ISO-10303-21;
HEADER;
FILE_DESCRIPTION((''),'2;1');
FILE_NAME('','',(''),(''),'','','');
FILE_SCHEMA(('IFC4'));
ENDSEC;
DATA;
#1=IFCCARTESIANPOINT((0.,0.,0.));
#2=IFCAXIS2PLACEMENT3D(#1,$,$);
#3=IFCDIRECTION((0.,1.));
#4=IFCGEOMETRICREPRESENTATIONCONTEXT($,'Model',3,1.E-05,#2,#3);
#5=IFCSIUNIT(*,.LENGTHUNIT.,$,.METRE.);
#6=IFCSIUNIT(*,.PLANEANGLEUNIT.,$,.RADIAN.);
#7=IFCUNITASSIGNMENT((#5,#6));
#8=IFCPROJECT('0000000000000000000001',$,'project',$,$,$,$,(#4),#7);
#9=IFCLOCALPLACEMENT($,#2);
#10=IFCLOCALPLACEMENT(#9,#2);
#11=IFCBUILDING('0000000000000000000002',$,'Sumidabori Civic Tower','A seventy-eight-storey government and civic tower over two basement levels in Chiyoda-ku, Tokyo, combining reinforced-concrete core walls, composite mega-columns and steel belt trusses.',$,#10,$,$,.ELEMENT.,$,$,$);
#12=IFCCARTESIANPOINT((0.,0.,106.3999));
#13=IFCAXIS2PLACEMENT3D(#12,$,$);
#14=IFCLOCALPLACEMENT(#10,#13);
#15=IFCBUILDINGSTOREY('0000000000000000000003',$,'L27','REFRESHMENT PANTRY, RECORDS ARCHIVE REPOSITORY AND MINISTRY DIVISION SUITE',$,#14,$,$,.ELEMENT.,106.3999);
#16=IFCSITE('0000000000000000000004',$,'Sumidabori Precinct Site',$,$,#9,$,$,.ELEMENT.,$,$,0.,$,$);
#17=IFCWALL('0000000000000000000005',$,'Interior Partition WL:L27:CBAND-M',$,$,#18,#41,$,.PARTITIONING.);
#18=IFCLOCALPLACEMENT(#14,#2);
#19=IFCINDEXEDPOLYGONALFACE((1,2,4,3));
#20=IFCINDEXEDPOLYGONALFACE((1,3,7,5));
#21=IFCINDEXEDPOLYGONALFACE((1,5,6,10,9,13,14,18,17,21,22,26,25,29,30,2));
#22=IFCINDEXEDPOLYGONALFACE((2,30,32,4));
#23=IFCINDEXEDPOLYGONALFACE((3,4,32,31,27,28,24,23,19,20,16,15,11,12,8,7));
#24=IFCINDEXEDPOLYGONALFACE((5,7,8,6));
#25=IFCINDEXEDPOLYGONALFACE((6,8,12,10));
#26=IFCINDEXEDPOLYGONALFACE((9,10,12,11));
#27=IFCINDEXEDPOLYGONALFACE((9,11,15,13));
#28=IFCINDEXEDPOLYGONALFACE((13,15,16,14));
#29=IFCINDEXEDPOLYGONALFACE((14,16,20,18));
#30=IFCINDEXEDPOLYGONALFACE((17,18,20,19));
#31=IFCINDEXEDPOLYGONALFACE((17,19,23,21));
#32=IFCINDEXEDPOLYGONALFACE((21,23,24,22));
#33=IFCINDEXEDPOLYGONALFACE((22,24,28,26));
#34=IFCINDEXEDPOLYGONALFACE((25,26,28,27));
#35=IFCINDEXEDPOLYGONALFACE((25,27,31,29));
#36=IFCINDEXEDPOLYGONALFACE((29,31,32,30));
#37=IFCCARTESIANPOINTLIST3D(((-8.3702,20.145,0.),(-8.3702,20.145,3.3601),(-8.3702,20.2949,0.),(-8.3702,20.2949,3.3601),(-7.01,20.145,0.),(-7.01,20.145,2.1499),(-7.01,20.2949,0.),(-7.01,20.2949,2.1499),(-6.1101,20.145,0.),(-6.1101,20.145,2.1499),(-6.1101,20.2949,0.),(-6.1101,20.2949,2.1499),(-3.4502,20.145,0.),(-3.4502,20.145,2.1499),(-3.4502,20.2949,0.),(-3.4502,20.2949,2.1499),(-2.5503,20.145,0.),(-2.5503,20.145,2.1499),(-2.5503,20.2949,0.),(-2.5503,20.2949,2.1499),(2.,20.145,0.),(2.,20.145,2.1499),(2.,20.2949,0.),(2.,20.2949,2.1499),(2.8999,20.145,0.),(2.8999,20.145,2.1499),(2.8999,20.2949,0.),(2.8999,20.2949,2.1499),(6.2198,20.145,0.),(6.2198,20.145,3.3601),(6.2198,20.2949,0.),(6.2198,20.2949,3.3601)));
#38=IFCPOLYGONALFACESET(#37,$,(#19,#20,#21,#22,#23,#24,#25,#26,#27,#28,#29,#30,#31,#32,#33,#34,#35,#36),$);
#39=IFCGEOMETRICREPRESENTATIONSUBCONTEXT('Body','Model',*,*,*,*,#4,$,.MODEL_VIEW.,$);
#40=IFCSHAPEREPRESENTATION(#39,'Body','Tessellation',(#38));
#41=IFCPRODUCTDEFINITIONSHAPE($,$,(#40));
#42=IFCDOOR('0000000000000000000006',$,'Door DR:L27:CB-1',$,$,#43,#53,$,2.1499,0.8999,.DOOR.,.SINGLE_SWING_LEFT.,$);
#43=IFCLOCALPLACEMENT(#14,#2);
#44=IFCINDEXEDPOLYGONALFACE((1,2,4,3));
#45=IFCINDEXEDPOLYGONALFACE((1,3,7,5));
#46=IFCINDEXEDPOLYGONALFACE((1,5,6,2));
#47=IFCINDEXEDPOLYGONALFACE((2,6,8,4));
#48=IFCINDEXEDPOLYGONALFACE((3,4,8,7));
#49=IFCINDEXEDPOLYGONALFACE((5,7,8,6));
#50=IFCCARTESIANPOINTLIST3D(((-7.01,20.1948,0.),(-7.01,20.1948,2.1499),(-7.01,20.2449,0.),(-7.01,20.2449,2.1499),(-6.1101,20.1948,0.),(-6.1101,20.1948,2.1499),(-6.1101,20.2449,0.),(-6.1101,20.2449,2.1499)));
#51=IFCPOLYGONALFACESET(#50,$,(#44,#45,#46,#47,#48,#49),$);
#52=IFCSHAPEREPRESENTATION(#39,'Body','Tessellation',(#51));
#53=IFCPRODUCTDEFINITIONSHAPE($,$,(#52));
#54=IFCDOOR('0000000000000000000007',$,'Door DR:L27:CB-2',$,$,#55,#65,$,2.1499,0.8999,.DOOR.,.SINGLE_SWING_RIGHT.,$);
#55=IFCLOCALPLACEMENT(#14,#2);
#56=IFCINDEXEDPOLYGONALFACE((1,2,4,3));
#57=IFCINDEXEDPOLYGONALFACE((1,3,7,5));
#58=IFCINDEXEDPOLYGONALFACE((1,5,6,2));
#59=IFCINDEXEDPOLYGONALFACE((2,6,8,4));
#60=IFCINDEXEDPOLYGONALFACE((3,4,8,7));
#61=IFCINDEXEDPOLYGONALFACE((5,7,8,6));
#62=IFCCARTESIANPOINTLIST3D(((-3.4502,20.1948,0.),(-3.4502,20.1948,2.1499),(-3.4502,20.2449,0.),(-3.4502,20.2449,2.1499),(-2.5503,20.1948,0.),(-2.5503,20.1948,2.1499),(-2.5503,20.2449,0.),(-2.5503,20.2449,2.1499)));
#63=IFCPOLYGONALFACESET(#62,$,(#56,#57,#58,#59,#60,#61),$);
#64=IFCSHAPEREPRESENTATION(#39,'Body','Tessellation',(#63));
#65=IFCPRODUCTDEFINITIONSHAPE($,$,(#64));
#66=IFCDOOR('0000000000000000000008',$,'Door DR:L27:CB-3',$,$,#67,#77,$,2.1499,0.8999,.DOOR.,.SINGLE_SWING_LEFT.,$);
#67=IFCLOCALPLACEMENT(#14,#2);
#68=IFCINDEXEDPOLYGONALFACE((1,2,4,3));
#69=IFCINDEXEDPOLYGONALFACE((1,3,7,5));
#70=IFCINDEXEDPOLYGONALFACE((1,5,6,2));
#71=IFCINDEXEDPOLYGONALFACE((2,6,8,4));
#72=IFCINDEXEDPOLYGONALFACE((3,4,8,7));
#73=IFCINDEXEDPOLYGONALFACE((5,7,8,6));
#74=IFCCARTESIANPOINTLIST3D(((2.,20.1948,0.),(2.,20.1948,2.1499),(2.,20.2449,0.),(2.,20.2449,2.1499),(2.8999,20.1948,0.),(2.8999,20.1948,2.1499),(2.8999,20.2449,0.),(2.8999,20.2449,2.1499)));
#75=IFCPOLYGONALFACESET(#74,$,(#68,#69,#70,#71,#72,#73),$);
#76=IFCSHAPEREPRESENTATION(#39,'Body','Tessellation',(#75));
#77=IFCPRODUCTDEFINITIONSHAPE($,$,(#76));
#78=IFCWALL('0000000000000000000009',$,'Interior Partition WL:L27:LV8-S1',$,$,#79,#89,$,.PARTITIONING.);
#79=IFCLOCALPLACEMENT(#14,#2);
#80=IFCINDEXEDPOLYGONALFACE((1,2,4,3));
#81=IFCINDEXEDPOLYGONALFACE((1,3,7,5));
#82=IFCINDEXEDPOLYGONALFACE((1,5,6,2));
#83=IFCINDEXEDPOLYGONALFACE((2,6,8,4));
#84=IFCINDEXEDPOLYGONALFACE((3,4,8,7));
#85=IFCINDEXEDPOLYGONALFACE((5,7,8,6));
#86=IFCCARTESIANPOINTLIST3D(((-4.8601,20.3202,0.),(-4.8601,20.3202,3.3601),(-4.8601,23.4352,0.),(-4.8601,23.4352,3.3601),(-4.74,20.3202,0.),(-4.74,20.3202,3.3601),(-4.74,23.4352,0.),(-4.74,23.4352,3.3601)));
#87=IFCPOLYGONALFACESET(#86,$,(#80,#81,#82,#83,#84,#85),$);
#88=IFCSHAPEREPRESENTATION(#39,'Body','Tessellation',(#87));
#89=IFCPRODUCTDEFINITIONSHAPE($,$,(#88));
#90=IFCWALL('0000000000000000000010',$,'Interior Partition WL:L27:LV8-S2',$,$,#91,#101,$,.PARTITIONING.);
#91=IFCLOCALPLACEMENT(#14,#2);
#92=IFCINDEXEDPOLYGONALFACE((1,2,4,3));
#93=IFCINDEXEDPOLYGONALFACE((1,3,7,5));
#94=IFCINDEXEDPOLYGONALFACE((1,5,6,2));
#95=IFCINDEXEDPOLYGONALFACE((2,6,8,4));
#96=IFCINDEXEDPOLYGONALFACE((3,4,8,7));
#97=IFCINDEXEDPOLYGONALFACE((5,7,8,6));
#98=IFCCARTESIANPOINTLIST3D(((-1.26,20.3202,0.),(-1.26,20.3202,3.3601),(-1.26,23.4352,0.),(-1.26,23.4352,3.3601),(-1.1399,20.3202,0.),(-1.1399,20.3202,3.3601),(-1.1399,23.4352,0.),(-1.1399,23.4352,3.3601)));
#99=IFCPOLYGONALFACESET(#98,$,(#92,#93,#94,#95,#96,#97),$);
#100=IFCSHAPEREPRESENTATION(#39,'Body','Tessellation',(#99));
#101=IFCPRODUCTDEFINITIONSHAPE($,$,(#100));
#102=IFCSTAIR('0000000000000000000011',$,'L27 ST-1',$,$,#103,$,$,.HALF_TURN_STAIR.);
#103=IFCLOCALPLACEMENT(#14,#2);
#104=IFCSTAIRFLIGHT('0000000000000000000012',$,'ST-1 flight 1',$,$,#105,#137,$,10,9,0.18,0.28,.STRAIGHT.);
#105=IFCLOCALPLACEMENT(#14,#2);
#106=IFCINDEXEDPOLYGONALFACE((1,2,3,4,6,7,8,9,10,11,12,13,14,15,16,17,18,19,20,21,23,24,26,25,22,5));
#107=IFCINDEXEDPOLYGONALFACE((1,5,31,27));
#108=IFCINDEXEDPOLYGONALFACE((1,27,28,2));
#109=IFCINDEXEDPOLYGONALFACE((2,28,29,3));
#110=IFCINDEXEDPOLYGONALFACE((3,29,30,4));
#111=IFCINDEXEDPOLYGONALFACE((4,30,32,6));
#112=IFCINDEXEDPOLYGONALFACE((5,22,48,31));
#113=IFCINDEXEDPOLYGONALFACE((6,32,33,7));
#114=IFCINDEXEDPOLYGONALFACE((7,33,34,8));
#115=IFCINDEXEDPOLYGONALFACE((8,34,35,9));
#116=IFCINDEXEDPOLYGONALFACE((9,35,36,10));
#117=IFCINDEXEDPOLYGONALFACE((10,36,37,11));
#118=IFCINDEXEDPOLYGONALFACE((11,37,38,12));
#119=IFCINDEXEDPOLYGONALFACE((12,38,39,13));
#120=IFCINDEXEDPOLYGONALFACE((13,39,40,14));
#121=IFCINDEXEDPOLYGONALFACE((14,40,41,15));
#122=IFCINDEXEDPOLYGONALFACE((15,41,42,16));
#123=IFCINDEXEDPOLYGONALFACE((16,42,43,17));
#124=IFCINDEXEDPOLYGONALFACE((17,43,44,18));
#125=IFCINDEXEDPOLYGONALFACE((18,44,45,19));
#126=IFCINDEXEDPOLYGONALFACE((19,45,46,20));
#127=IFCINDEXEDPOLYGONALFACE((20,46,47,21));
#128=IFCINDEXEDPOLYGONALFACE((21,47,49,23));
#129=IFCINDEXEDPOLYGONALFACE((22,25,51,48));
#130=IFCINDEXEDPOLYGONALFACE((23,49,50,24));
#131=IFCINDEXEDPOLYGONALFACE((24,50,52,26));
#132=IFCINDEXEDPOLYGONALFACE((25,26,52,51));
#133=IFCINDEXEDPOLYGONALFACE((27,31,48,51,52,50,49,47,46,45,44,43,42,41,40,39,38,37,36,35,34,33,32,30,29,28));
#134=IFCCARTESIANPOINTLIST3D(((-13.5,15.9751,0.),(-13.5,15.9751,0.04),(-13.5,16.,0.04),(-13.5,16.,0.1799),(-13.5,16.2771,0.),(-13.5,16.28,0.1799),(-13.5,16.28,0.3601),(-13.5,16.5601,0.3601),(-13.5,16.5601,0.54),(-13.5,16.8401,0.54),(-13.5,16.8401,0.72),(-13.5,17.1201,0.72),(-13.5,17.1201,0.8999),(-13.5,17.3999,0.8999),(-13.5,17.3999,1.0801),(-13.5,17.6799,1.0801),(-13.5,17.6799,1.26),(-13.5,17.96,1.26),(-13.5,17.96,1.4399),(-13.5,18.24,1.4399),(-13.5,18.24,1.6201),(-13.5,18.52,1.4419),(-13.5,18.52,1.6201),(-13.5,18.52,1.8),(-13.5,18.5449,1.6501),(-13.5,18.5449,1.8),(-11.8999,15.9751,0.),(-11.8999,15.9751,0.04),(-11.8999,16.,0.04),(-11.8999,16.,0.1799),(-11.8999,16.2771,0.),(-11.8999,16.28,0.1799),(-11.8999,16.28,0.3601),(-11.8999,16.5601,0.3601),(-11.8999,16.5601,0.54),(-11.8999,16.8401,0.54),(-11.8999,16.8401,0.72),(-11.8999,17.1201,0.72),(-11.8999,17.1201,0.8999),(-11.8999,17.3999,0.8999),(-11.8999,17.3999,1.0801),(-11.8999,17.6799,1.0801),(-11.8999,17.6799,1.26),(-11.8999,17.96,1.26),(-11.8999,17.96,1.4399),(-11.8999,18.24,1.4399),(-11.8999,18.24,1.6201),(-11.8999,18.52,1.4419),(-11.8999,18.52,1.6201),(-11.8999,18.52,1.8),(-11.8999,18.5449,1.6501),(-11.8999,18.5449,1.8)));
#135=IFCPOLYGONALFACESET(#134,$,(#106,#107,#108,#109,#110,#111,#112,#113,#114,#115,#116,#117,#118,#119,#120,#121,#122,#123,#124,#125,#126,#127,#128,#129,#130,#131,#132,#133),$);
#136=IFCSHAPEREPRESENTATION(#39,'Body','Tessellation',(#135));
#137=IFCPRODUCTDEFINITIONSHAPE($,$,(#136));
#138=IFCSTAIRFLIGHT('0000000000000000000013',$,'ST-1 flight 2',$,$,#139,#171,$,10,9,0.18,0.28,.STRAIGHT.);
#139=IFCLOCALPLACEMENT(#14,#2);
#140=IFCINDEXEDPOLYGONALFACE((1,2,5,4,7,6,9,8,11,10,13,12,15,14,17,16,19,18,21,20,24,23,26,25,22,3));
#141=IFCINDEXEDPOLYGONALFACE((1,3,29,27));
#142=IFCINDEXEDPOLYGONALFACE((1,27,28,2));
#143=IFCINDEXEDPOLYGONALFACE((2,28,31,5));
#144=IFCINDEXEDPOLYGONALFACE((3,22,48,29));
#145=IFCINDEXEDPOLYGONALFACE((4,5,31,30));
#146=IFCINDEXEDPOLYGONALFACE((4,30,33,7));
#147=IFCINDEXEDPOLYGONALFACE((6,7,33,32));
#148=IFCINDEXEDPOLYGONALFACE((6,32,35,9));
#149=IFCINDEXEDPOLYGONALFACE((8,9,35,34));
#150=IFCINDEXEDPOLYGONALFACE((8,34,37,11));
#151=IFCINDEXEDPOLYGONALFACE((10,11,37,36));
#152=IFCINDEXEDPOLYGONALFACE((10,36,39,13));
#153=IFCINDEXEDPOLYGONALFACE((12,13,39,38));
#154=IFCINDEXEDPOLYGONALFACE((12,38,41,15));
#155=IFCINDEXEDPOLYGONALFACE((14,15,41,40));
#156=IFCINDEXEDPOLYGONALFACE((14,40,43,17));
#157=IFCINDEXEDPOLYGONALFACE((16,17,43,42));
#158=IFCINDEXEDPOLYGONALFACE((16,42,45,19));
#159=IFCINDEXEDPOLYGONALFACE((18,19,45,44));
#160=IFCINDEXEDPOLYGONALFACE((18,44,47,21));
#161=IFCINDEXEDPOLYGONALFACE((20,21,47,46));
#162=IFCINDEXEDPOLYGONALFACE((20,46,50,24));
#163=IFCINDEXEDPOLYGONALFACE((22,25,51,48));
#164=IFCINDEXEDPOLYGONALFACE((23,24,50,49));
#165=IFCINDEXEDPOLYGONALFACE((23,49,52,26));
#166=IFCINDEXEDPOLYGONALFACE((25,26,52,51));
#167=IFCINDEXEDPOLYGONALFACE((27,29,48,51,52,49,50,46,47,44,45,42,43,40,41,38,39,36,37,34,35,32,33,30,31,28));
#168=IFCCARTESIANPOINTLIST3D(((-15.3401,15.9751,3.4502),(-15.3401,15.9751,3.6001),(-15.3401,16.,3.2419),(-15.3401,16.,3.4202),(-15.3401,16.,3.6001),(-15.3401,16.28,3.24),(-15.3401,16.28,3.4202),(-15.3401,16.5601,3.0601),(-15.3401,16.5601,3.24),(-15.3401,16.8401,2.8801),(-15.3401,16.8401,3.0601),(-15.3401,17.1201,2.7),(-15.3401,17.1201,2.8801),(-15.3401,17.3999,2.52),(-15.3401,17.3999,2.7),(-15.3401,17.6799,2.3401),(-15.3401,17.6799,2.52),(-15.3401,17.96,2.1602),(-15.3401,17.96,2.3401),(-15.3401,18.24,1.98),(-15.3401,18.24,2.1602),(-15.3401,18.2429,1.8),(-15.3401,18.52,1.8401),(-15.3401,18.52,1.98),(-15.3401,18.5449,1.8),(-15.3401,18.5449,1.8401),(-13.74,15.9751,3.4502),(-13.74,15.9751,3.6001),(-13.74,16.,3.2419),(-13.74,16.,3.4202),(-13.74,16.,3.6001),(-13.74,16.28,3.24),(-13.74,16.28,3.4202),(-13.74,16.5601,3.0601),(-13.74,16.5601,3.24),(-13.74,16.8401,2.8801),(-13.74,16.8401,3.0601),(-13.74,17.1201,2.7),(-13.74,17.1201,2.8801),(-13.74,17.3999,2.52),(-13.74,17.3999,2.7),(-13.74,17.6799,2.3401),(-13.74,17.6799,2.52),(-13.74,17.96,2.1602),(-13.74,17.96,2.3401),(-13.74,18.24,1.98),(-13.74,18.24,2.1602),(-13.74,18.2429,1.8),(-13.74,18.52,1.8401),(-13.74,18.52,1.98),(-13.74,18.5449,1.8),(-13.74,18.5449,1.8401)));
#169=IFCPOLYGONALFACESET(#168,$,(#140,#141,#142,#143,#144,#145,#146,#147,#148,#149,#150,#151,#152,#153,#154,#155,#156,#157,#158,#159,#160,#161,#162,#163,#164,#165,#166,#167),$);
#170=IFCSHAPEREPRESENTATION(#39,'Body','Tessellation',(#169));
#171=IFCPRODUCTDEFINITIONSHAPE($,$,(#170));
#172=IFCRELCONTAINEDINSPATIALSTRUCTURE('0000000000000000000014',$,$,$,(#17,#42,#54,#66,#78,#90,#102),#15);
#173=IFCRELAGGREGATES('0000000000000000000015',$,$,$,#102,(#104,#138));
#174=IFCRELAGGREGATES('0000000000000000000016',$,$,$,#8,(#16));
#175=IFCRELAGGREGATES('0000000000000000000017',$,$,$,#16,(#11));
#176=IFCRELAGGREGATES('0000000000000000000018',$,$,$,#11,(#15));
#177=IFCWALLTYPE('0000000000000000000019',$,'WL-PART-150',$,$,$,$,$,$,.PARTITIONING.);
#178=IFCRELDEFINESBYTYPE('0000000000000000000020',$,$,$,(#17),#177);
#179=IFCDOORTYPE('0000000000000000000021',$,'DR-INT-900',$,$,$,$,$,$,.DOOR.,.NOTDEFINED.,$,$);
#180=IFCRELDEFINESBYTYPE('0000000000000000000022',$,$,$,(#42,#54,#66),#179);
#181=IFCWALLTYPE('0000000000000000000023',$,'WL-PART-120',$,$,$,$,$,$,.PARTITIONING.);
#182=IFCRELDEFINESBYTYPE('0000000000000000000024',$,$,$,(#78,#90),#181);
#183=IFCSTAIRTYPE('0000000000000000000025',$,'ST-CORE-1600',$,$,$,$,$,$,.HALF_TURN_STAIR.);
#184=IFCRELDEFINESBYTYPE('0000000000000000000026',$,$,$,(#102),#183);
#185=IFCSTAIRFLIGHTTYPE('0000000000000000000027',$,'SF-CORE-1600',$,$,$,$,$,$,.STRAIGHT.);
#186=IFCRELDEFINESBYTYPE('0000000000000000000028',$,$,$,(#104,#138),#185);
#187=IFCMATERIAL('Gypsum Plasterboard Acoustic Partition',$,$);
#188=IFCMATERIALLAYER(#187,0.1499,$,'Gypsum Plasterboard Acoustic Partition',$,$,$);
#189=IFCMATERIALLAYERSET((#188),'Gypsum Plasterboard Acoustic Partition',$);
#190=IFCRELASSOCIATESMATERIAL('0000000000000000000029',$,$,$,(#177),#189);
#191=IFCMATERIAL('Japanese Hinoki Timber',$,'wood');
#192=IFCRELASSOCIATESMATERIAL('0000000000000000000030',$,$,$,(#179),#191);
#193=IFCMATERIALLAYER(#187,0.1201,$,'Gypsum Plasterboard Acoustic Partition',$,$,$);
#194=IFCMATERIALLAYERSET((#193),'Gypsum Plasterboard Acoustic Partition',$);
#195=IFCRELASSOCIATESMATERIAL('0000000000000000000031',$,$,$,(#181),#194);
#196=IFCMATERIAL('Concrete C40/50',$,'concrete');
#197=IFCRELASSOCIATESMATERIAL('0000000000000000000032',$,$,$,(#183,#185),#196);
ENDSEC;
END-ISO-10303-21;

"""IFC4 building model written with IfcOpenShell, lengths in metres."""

from ifc_helpers import new_model, si_unit, direction, frame, frame_2d, origin, place, context, subcontext, project, spatial, polyline, rectangle, outline, extrude, source, transform, mapped, material, layer, layer_set, type_object, element, fill, aggregate, save


model = new_model("IFC4")

# Units and contexts
model_context = context("Model", 3, precision=1e-05, world=origin(), true_north=direction((0.0, 1.0)))
body_context = subcontext(model_context, "Body", "Model", "MODEL_VIEW")
ifc_project = project(units=[si_unit("LENGTHUNIT", "METRE"), si_unit("PLANEANGLEUNIT", "RADIAN")], contexts=[model_context])

# Site, building, storey
site_placement = place(None, origin())
site = spatial("IfcSite", under=ifc_project, at=site_placement, Name="Sumidabori Precinct Site", CompositionType="ELEMENT", RefElevation=0.0)
building_placement = place(site_placement, origin())
building = spatial("IfcBuilding", under=site, at=building_placement, Name="Sumidabori Civic Tower", Description="A seventy-eight-storey government and civic tower over two basement levels in Chiyoda-ku, Tokyo, combining reinforced-concrete core walls, composite mega-columns and steel belt trusses.", CompositionType="ELEMENT")
storey_placement = place(building_placement, frame((0.0, 0.0, 106.3999)))
storey = spatial("IfcBuildingStorey", under=building, at=storey_placement, Name="L27", Description="REFRESHMENT PANTRY, RECORDS ARCHIVE REPOSITORY AND MINISTRY DIVISION SUITE", CompositionType="ELEMENT", Elevation=106.3999)

# Wall, openings, doors
ifc_material_1 = material(Name="Gypsum Plasterboard Acoustic Partition")
ifc_layer_1 = layer(ifc_material_1, 0.1499, Name="Gypsum Plasterboard Acoustic Partition")
ifc_layer_set_1 = layer_set([ifc_layer_1], Name="Gypsum Plasterboard Acoustic Partition")
wall_type_1 = type_object("IfcWallType", Name="WL-PART-150", PredefinedType="PARTITIONING", material=ifc_layer_set_1)
shared_shape_1 = source(origin(), body_context, "Body", "SweptSolid", [
    extrude(rectangle(XDim=14.5901, YDim=0.1499, at=frame_2d((7.2949, 0.0))), origin(), (0.0, 0.0, 1.0), 3.3601),
])
wall_1_placement = place(storey_placement, frame((-8.3701, 20.22, 0.0), z_axis=(0.0, 0.0, 1.0), x_axis=(1.0, 0.0, 0.0)))
wall_1 = element("IfcWall", 1, at=wall_1_placement, inside=storey, type_object=wall_type_1, Name="Interior Partition WL:L27:CBAND-M", PredefinedType="PARTITIONING", context=body_context, shape_type="MappedRepresentation", body=[
    mapped(shared_shape_1, transform((0.0, 0.0, 0.0), x_axis=(1.0, 0.0, 0.0), y_axis=(0.0, 1.0, 0.0), z_axis=(0.0, 0.0, 1.0), scale=1.0)),
])
opening_1_placement = place(wall_1_placement, frame((1.3601, 0.0, 0.0)))
opening_1 = element("IfcOpeningElement", 2, at=opening_1_placement, cuts=wall_1, PredefinedType="OPENING", context=body_context, shape_type="SweptSolid", body=[
    extrude(rectangle(XDim=0.8999, YDim=2.1499, at=frame_2d((0.45, 1.075))), frame((0.0, 0.0869, 0.0), z_axis=(0.0, -1.0, 0.0), x_axis=(1.0, 0.0, 0.0)), (0.0, 0.0, 1.0), 0.1738),
])
opening_2_placement = place(wall_1_placement, frame((4.9199, 0.0, 0.0)))
opening_2 = element("IfcOpeningElement", 3, at=opening_2_placement, cuts=wall_1, PredefinedType="OPENING", context=body_context, shape_type="SweptSolid", body=[
    extrude(rectangle(XDim=0.8999, YDim=2.1499, at=frame_2d((0.45, 1.075))), frame((0.0, 0.0869, 0.0), z_axis=(0.0, -1.0, 0.0), x_axis=(1.0, 0.0, 0.0)), (0.0, 0.0, 1.0), 0.1738),
])
opening_3_placement = place(wall_1_placement, frame((10.3701, 0.0, 0.0)))
opening_3 = element("IfcOpeningElement", 4, at=opening_3_placement, cuts=wall_1, PredefinedType="OPENING", context=body_context, shape_type="SweptSolid", body=[
    extrude(rectangle(XDim=0.8999, YDim=2.1499, at=frame_2d((0.45, 1.075))), frame((0.0, 0.0869, 0.0), z_axis=(0.0, -1.0, 0.0), x_axis=(1.0, 0.0, 0.0)), (0.0, 0.0, 1.0), 0.1738),
])
ifc_material_2 = material(Name="Japanese Hinoki Timber", Category="wood")
door_type = type_object("IfcDoorType", Name="DR-INT-900", OperationType="NOTDEFINED", PredefinedType="DOOR", material=ifc_material_2)
shared_shape_2 = source(origin(), body_context, "Body", "SweptSolid", [
    extrude(rectangle(XDim=0.8999, YDim=2.1499, at=frame_2d((0.45, 1.075))), frame((0.0, 0.0249, 0.0), z_axis=(0.0, -1.0, 0.0), x_axis=(1.0, 0.0, 0.0)), (0.0, 0.0, 1.0), 0.05),
])
door_1_placement = place(opening_1_placement, origin())
door_1 = element("IfcDoor", 5, at=door_1_placement, inside=storey, type_object=door_type, Name="Door DR:L27:CB-1", OperationType="SINGLE_SWING_LEFT", OverallHeight=2.1499, OverallWidth=0.8999, PredefinedType="DOOR", context=body_context, shape_type="MappedRepresentation", body=[
    mapped(shared_shape_2, transform((0.0, 0.0, 0.0), x_axis=(1.0, 0.0, 0.0), y_axis=(0.0, 1.0, 0.0), z_axis=(0.0, 0.0, 1.0), scale=1.0)),
])
fill(opening_1, door_1)
door_2_placement = place(opening_2_placement, origin())
door_2 = element("IfcDoor", 6, at=door_2_placement, inside=storey, type_object=door_type, Name="Door DR:L27:CB-2", OperationType="SINGLE_SWING_RIGHT", OverallHeight=2.1499, OverallWidth=0.8999, PredefinedType="DOOR", context=body_context, shape_type="MappedRepresentation", body=[
    mapped(shared_shape_2, transform((0.0, 0.0, 0.0), x_axis=(1.0, 0.0, 0.0), y_axis=(0.0, 1.0, 0.0), z_axis=(0.0, 0.0, 1.0), scale=1.0)),
])
fill(opening_2, door_2)
door_3_placement = place(opening_3_placement, origin())
door_3 = element("IfcDoor", 7, at=door_3_placement, inside=storey, type_object=door_type, Name="Door DR:L27:CB-3", OperationType="SINGLE_SWING_LEFT", OverallHeight=2.1499, OverallWidth=0.8999, PredefinedType="DOOR", context=body_context, shape_type="MappedRepresentation", body=[
    mapped(shared_shape_2, transform((0.0, 0.0, 0.0), x_axis=(1.0, 0.0, 0.0), y_axis=(0.0, 1.0, 0.0), z_axis=(0.0, 0.0, 1.0), scale=1.0)),
])
fill(opening_3, door_3)

# Walls
ifc_layer_2 = layer(ifc_material_1, 0.1201, Name="Gypsum Plasterboard Acoustic Partition")
ifc_layer_set_2 = layer_set([ifc_layer_2], Name="Gypsum Plasterboard Acoustic Partition")
wall_type_2 = type_object("IfcWallType", Name="WL-PART-120", PredefinedType="PARTITIONING", material=ifc_layer_set_2)
shared_shape_3 = source(origin(), body_context, "Body", "SweptSolid", [
    extrude(rectangle(XDim=3.115, YDim=0.1201, at=frame_2d((1.5576, 0.0))), origin(), (0.0, 0.0, 1.0), 3.3601),
])
for number, where, z_axis, x_axis, name in (
    (8, (-4.8, 20.3201, 0.0), (0.0, 0.0, 1.0), (0.0, 1.0, 0.0), "Interior Partition WL:L27:LV8-S1"),
    (9, (-1.2, 20.3201, 0.0), (0.0, 0.0, 1.0), (0.0, 1.0, 0.0), "Interior Partition WL:L27:LV8-S2"),
):
    element("IfcWall", number, at=place(storey_placement, frame(where, z_axis=z_axis, x_axis=x_axis)), inside=storey, type_object=wall_type_2, Name=name, PredefinedType="PARTITIONING", context=body_context, shape_type="MappedRepresentation", body=[
        mapped(shared_shape_3, transform((0.0, 0.0, 0.0), x_axis=(1.0, 0.0, 0.0), y_axis=(0.0, 1.0, 0.0), z_axis=(0.0, 0.0, 1.0), scale=1.0)),
    ])

# Stair, stair flights
ifc_material_3 = material(Name="Concrete C40/50", Category="concrete")
stair_type = type_object("IfcStairType", Name="ST-CORE-1600", PredefinedType="HALF_TURN_STAIR", material=ifc_material_3)
stair_placement = place(storey_placement, origin())
stair = element("IfcStair", 10, at=stair_placement, inside=storey, type_object=stair_type, Name="L27 ST-1", PredefinedType="HALF_TURN_STAIR")
stair_flight_type = type_object("IfcStairFlightType", Name="SF-CORE-1600", PredefinedType="STRAIGHT", material=ifc_material_3)
shared_shape_4 = source(origin(), body_context, "Body", "SweptSolid", [
    extrude(outline(polyline([(-0.0249, 0.0), (-0.0249, 0.04), (0.0, 0.04), (0.0, 0.1799), (0.28, 0.1799), (0.28, 0.3601), (0.5601, 0.3601), (0.5601, 0.54), (0.8401, 0.54), (0.8401, 0.72), (1.1201, 0.72), (1.1201, 0.8999), (1.3999, 0.8999), (1.3999, 1.0801), (1.6799, 1.0801), (1.6799, 1.26), (1.96, 1.26), (1.96, 1.4399), (2.24, 1.4399), (2.24, 1.6201), (2.52, 1.6201), (2.52, 1.8), (2.5449, 1.8), (2.5449, 1.6501), (2.52, 1.4419), (0.2771, 0.0), (-0.0249, 0.0)])), frame((0.0, 0.8, 0.0), z_axis=(0.0, -1.0, 0.0), x_axis=(1.0, 0.0, 0.0)), (0.0, 0.0, 1.0), 1.6001),
])
stair_flight_1_placement = place(storey_placement, frame((-12.7, 16.0, 0.0), z_axis=(0.0, 0.0, 1.0), x_axis=(0.0, 1.0, 0.0)))
stair_flight_1 = element("IfcStairFlight", 11, at=stair_flight_1_placement, type_object=stair_flight_type, Name="ST-1 flight 1", NumberOfRisers=10, NumberOfTreads=9, PredefinedType="STRAIGHT", RiserHeight=0.18, TreadLength=0.28, context=body_context, shape_type="MappedRepresentation", body=[
    mapped(shared_shape_4, transform((0.0, 0.0, 0.0), x_axis=(1.0, 0.0, 0.0), y_axis=(0.0, 1.0, 0.0), z_axis=(0.0, 0.0, 1.0), scale=1.0)),
])
stair_flight_2_placement = place(storey_placement, frame((-14.54, 18.52, 1.8), z_axis=(0.0, 0.0, 1.0), x_axis=(0.0, -1.0, 0.0)))
stair_flight_2 = element("IfcStairFlight", 12, at=stair_flight_2_placement, type_object=stair_flight_type, Name="ST-1 flight 2", NumberOfRisers=10, NumberOfTreads=9, PredefinedType="STRAIGHT", RiserHeight=0.18, TreadLength=0.28, context=body_context, shape_type="MappedRepresentation", body=[
    mapped(shared_shape_4, transform((0.0, 0.0, 0.0), x_axis=(1.0, 0.0, 0.0), y_axis=(0.0, 1.0, 0.0), z_axis=(0.0, 0.0, 1.0), scale=1.0)),
])
aggregate(stair, [stair_flight_1, stair_flight_2])

save(model, "model.ifc")
